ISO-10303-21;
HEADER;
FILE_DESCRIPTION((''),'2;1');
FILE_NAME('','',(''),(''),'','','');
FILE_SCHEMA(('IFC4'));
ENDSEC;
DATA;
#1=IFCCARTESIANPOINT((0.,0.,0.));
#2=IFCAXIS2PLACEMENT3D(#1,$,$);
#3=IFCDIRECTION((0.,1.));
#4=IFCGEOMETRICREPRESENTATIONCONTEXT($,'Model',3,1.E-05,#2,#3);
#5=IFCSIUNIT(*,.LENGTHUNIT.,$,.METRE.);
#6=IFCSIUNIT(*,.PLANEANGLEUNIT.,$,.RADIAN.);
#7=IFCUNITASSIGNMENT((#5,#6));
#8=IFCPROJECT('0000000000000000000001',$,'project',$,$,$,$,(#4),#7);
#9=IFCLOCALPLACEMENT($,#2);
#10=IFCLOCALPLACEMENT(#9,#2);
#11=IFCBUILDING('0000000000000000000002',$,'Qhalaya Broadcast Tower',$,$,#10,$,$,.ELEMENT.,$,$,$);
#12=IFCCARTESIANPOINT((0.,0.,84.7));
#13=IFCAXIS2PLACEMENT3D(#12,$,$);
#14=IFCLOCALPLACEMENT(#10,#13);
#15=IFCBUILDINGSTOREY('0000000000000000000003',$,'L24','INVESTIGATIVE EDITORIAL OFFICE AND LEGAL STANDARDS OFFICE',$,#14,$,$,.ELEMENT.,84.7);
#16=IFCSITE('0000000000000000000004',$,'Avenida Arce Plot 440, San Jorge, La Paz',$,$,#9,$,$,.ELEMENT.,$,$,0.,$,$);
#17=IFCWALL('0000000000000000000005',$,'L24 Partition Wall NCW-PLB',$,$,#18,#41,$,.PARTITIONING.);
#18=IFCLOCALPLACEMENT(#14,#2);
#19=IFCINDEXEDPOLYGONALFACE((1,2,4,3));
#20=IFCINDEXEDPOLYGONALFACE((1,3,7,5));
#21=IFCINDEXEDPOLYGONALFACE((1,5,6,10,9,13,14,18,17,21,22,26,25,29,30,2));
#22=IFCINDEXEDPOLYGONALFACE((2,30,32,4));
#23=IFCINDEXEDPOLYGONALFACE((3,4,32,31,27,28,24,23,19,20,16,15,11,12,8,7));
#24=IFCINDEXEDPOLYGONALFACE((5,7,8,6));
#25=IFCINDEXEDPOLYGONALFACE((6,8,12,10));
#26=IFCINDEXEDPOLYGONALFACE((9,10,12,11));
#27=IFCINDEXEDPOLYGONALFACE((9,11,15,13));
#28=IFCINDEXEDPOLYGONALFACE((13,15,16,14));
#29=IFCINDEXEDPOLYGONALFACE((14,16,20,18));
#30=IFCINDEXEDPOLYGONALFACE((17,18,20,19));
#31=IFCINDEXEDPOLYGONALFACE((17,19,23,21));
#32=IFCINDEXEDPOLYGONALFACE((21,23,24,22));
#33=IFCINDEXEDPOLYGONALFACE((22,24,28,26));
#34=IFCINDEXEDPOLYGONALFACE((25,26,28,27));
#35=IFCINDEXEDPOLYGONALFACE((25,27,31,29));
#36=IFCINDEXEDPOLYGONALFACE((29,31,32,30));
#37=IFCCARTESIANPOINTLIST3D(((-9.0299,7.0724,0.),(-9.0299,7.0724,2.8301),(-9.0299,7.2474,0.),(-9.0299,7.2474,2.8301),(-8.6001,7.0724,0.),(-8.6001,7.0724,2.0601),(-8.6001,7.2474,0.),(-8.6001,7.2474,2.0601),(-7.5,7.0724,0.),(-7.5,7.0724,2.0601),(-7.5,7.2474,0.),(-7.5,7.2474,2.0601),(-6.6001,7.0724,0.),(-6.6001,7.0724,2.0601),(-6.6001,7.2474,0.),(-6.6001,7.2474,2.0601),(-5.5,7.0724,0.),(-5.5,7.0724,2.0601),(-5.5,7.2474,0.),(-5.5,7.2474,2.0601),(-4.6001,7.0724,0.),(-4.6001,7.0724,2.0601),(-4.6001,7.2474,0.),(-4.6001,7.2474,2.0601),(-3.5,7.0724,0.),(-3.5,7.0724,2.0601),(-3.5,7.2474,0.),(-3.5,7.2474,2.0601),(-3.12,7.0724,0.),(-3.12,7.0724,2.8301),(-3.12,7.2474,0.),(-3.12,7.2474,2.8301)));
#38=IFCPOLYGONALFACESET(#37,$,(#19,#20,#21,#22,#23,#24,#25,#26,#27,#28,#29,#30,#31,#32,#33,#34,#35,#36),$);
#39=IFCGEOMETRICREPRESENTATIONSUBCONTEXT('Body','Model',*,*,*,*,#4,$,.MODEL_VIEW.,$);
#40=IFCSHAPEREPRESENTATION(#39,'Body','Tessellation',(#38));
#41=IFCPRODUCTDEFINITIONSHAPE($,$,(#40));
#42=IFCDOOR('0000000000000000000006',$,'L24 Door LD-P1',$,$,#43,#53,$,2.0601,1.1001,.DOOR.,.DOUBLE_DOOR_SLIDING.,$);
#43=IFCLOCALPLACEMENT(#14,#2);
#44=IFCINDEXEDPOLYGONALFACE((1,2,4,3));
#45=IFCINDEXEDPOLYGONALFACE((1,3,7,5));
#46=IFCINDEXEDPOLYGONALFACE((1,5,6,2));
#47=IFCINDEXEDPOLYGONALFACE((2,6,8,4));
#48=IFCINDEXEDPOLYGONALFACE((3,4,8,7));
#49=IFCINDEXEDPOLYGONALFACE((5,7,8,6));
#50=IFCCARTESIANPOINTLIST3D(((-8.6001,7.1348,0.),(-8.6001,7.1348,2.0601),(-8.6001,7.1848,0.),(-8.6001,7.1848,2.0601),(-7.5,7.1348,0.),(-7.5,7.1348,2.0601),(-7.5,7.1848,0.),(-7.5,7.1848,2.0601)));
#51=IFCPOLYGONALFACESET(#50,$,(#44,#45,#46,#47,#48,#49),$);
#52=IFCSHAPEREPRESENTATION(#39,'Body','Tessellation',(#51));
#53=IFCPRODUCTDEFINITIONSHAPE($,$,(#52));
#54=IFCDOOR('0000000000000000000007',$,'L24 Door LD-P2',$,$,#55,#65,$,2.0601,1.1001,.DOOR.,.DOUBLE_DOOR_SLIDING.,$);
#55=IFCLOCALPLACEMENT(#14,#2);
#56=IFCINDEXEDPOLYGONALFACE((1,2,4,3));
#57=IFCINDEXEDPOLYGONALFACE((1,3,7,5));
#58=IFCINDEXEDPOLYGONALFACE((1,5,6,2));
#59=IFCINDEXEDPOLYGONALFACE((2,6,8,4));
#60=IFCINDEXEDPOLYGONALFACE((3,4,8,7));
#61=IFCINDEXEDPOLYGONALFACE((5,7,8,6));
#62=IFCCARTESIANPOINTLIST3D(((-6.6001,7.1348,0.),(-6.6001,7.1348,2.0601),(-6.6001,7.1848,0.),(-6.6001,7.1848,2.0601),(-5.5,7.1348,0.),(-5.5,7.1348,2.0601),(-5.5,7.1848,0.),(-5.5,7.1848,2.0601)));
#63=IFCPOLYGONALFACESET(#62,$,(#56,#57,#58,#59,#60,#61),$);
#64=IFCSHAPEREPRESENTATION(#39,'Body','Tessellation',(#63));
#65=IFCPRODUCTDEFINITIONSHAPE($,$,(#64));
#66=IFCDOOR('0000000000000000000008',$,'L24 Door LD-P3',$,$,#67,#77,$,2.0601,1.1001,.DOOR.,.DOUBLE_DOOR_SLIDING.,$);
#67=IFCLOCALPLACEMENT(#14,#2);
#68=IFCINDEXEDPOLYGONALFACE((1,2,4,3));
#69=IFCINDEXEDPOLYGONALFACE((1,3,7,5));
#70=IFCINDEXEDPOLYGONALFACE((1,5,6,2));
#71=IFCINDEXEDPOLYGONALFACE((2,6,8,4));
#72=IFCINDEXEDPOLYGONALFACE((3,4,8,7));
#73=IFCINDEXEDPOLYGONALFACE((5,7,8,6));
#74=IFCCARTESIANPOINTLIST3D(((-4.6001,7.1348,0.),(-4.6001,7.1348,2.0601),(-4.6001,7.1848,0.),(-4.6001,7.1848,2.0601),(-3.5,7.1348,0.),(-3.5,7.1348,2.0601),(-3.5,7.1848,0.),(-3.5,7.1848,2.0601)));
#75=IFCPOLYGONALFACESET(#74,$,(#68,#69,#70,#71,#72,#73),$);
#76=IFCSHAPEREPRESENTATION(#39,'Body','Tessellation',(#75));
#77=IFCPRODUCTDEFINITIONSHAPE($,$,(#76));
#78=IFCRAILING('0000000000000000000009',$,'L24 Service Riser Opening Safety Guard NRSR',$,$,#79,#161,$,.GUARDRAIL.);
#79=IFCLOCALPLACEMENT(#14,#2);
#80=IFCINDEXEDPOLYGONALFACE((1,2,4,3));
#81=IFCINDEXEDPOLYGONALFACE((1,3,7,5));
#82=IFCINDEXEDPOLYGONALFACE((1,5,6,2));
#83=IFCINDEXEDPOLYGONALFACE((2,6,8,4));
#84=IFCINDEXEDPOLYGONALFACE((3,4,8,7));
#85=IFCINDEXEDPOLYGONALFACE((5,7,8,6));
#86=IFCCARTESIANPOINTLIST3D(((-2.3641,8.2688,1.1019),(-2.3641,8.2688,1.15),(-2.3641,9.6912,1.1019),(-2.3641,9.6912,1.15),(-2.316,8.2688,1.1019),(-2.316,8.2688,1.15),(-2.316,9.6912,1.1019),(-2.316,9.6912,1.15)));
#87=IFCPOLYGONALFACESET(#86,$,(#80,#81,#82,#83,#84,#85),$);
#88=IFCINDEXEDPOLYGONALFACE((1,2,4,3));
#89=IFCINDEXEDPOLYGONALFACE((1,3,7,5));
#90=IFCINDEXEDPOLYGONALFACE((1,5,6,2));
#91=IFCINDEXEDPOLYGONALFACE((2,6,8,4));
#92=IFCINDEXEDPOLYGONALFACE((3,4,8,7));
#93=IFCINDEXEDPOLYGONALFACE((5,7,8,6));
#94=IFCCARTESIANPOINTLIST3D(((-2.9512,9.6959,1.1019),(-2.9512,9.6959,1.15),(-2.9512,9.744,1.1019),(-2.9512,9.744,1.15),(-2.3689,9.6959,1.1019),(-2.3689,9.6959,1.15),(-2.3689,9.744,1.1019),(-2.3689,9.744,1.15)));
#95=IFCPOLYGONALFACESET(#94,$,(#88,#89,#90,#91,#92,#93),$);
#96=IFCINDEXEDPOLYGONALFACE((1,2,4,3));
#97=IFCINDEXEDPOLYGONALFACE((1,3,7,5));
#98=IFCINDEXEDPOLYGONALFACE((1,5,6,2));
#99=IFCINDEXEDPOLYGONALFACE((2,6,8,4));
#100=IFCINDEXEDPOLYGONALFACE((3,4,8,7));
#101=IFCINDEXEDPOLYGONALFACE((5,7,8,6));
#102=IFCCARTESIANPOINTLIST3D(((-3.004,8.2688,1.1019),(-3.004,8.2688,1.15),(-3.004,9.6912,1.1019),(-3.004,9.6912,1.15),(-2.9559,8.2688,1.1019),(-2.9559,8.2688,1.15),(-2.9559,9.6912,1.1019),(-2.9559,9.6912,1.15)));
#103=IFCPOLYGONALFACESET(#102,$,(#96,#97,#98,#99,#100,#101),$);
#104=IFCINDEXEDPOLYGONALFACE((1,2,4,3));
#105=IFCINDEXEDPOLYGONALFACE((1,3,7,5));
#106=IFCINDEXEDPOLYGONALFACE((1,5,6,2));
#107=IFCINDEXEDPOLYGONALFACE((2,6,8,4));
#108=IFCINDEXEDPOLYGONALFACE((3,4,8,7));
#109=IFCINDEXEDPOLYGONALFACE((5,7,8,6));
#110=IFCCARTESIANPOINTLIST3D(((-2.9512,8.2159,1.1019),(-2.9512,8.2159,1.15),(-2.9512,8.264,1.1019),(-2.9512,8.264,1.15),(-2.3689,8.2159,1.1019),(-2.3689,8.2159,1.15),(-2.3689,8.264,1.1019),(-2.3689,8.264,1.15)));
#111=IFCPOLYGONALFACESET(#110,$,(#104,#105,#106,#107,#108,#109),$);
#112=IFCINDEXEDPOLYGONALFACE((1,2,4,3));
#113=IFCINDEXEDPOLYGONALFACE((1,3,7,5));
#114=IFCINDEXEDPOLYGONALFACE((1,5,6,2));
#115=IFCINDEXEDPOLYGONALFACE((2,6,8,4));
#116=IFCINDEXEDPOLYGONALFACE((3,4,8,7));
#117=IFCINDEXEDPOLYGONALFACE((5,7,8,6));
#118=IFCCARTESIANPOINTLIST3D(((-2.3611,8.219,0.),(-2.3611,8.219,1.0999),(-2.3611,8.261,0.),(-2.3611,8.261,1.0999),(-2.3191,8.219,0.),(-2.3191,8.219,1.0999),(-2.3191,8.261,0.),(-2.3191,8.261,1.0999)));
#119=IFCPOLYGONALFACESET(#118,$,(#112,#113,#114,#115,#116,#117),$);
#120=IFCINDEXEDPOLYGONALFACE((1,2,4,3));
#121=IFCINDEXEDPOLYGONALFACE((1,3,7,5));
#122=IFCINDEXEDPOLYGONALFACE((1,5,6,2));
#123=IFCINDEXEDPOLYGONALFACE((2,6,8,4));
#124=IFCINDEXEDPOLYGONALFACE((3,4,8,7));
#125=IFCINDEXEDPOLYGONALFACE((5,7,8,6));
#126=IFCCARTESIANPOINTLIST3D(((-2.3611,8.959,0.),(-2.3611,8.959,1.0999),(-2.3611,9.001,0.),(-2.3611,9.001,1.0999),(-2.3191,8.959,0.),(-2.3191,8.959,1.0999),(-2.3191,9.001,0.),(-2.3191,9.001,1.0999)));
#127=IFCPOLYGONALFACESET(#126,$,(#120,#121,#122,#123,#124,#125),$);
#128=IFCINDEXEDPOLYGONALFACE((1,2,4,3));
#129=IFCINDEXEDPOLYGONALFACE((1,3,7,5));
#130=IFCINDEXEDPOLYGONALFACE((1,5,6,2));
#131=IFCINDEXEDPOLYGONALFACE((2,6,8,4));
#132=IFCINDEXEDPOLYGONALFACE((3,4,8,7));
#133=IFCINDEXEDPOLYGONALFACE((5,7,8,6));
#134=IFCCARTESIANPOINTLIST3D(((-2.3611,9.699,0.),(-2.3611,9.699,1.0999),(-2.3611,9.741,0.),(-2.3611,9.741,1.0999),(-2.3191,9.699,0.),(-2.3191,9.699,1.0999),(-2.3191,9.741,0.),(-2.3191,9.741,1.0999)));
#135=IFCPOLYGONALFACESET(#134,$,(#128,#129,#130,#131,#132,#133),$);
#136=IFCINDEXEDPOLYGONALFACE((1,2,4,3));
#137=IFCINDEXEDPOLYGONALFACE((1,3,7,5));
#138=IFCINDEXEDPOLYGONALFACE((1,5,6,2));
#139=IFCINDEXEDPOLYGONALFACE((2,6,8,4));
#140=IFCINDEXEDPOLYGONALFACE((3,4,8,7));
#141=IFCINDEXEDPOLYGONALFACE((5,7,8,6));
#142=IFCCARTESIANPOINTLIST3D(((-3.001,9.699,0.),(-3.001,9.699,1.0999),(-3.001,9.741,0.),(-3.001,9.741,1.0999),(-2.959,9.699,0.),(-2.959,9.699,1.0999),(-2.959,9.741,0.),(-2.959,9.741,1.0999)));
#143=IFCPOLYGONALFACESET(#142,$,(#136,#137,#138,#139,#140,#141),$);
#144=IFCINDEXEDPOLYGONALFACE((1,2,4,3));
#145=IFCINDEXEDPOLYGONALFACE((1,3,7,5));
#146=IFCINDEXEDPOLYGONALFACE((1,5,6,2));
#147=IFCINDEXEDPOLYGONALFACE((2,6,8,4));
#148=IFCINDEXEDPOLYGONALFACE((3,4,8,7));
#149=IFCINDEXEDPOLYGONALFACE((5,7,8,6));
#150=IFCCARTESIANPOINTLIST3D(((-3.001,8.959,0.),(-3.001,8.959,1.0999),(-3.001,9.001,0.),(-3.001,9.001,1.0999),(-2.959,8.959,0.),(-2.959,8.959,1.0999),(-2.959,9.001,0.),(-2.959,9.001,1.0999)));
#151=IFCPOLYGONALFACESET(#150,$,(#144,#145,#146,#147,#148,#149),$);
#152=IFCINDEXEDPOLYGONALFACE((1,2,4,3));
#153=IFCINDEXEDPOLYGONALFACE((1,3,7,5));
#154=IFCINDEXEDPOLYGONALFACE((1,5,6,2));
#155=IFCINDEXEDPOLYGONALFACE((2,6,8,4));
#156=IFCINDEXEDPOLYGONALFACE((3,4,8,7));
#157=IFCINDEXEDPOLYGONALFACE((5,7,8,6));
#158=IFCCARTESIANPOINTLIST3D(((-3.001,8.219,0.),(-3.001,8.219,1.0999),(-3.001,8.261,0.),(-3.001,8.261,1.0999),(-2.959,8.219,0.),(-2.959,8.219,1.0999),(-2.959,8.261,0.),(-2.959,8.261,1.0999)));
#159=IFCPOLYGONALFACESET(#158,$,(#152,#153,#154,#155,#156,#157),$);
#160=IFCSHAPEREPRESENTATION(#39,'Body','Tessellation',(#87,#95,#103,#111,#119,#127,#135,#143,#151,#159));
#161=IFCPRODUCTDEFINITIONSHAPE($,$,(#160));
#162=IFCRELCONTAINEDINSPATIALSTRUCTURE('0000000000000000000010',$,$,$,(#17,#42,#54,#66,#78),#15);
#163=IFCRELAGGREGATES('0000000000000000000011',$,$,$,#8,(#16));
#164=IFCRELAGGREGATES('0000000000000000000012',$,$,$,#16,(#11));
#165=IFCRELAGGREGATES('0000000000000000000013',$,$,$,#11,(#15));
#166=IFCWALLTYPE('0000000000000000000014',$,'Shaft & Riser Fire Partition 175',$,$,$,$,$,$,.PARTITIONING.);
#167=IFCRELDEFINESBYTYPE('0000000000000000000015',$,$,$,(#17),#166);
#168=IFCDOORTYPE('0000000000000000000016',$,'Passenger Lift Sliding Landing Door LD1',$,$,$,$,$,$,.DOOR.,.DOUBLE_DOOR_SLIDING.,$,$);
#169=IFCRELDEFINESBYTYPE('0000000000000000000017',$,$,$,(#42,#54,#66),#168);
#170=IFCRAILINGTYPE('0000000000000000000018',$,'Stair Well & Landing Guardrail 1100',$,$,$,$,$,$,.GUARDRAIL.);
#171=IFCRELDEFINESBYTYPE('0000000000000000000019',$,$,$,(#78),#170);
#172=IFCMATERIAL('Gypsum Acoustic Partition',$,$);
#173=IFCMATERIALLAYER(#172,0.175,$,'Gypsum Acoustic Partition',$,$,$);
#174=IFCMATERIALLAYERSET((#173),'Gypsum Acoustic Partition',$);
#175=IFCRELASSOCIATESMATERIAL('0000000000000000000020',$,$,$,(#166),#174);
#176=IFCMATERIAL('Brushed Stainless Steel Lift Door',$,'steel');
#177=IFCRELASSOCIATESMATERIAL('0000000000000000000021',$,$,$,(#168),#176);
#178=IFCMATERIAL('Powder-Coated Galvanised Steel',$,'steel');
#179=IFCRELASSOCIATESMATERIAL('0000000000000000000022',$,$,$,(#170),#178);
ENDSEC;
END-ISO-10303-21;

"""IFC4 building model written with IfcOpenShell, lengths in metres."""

from ifc_helpers import new_model, si_unit, direction, frame, frame_2d, origin, origin_2d, place, context, subcontext, project, spatial, rectangle, extrude, material, layer, layer_set, type_object, element, fill, save


model = new_model("IFC4")

# Units and contexts
model_context = context("Model", 3, precision=1e-05, world=origin(), true_north=direction((0.0, 1.0)))
body_context = subcontext(model_context, "Body", "Model", "MODEL_VIEW")
ifc_project = project(units=[si_unit("LENGTHUNIT", "METRE"), si_unit("PLANEANGLEUNIT", "RADIAN")], contexts=[model_context])

# Site, building, storey
site_placement = place(None, origin())
site = spatial("IfcSite", under=ifc_project, at=site_placement, Name="Avenida Arce Plot 440, San Jorge, La Paz", CompositionType="ELEMENT", RefElevation=0.0)
building_placement = place(site_placement, origin())
building = spatial("IfcBuilding", under=site, at=building_placement, Name="Qhalaya Broadcast Tower", CompositionType="ELEMENT")
storey_placement = place(building_placement, frame((0.0, 0.0, 84.7)))
storey = spatial("IfcBuildingStorey", under=building, at=storey_placement, Name="L24", Description="INVESTIGATIVE EDITORIAL OFFICE AND LEGAL STANDARDS OFFICE", CompositionType="ELEMENT", Elevation=84.7)

# Shared definitions
ifc_material_1 = material(Name="Gypsum Acoustic Partition")

# Shared definitions
ifc_layer_1 = layer(ifc_material_1, 0.175, Name="Gypsum Acoustic Partition")
ifc_layer_set_1 = layer_set([ifc_layer_1], Name="Gypsum Acoustic Partition")
wall_type_1 = type_object("IfcWallType", Name="Shaft & Riser Fire Partition 175", PredefinedType="PARTITIONING", material=ifc_layer_set_1)
ifc_material_2 = material(Name="Brushed Stainless Steel Lift Door", Category="steel")

# Wall, openings, doors
wall_1_placement = place(storey_placement, frame((-9.03, 7.1599, 0.0), z_axis=(0.0, 0.0, 1.0), x_axis=(1.0, 0.0, 0.0)))
wall_1 = element("IfcWall", 1, at=wall_1_placement, inside=storey, type_object=wall_type_1, Name="L24 Partition Wall NCW-PLB", PredefinedType="PARTITIONING", context=body_context, shape_type="SweptSolid", body=[
    extrude(rectangle(XDim=5.9099, YDim=0.175, at=frame_2d((2.9551, 0.0))), origin(), (0.0, 0.0, 1.0), 2.8301),
])
opening_1_placement = place(wall_1_placement, frame((0.4299, 0.0, 0.0)))
opening_1 = element("IfcOpeningElement", 2, at=opening_1_placement, cuts=wall_1, PredefinedType="OPENING", context=body_context, shape_type="SweptSolid", body=[
    extrude(rectangle(XDim=1.1001, YDim=2.0601, at=frame_2d((0.55, 1.03))), frame((0.0, 0.0996, 0.0), z_axis=(0.0, -1.0, 0.0), x_axis=(1.0, 0.0, 0.0)), (0.0, 0.0, 1.0), 0.199),
])
opening_2_placement = place(wall_1_placement, frame((2.4299, 0.0, 0.0)))
opening_2 = element("IfcOpeningElement", 3, at=opening_2_placement, cuts=wall_1, PredefinedType="OPENING", context=body_context, shape_type="SweptSolid", body=[
    extrude(rectangle(XDim=1.1001, YDim=2.0601, at=frame_2d((0.55, 1.03))), frame((0.0, 0.0996, 0.0), z_axis=(0.0, -1.0, 0.0), x_axis=(1.0, 0.0, 0.0)), (0.0, 0.0, 1.0), 0.199),
])
opening_3_placement = place(wall_1_placement, frame((4.4299, 0.0, 0.0)))
opening_3 = element("IfcOpeningElement", 4, at=opening_3_placement, cuts=wall_1, PredefinedType="OPENING", context=body_context, shape_type="SweptSolid", body=[
    extrude(rectangle(XDim=1.1001, YDim=2.0601, at=frame_2d((0.55, 1.03))), frame((0.0, 0.0996, 0.0), z_axis=(0.0, -1.0, 0.0), x_axis=(1.0, 0.0, 0.0)), (0.0, 0.0, 1.0), 0.199),
])
door_type_1 = type_object("IfcDoorType", Name="Passenger Lift Sliding Landing Door LD1", OperationType="DOUBLE_DOOR_SLIDING", PredefinedType="DOOR", material=ifc_material_2)
door_1_placement = place(opening_1_placement, origin())
door_1 = element("IfcDoor", 5, at=door_1_placement, inside=storey, type_object=door_type_1, Name="L24 Door LD-P1", OperationType="DOUBLE_DOOR_SLIDING", OverallHeight=2.0601, OverallWidth=1.1001, PredefinedType="DOOR", context=body_context, shape_type="SweptSolid", body=[
    extrude(rectangle(XDim=1.1001, YDim=2.0601, at=frame_2d((0.55, 1.03))), frame((0.0, 0.0249, 0.0), z_axis=(0.0, -1.0, 0.0), x_axis=(1.0, 0.0, 0.0)), (0.0, 0.0, 1.0), 0.05),
])
fill(opening_1, door_1)
door_2_placement = place(opening_2_placement, origin())
door_2 = element("IfcDoor", 6, at=door_2_placement, inside=storey, type_object=door_type_1, Name="L24 Door LD-P2", OperationType="DOUBLE_DOOR_SLIDING", OverallHeight=2.0601, OverallWidth=1.1001, PredefinedType="DOOR", context=body_context, shape_type="SweptSolid", body=[
    extrude(rectangle(XDim=1.1001, YDim=2.0601, at=frame_2d((0.55, 1.03))), frame((0.0, 0.0249, 0.0), z_axis=(0.0, -1.0, 0.0), x_axis=(1.0, 0.0, 0.0)), (0.0, 0.0, 1.0), 0.05),
])
fill(opening_2, door_2)
door_3_placement = place(opening_3_placement, origin())
door_3 = element("IfcDoor", 7, at=door_3_placement, inside=storey, type_object=door_type_1, Name="L24 Door LD-P3", OperationType="DOUBLE_DOOR_SLIDING", OverallHeight=2.0601, OverallWidth=1.1001, PredefinedType="DOOR", context=body_context, shape_type="SweptSolid", body=[
    extrude(rectangle(XDim=1.1001, YDim=2.0601, at=frame_2d((0.55, 1.03))), frame((0.0, 0.0249, 0.0), z_axis=(0.0, -1.0, 0.0), x_axis=(1.0, 0.0, 0.0)), (0.0, 0.0, 1.0), 0.05),
])
fill(opening_3, door_3)

# Railing
ifc_material_3 = material(Name="Powder-Coated Galvanised Steel", Category="steel")
railing_type = type_object("IfcRailingType", Name="Stair Well & Landing Guardrail 1100", PredefinedType="GUARDRAIL", material=ifc_material_3)
railing_placement = place(storey_placement, frame((-2.3401, 8.24, 0.0)))
element("IfcRailing", 8, at=railing_placement, inside=storey, type_object=railing_type, Name="L24 Service Riser Opening Safety Guard NRSR", PredefinedType="GUARDRAIL", context=body_context, shape_type="SweptSolid", body=[
    extrude(rectangle(XDim=0.0481, YDim=0.0481, at=origin_2d()), frame((0.0, 0.0288, 1.126), z_axis=(0.0, 1.0, 0.0), x_axis=(-1.0, 0.0, 0.0)), (0.0, 0.0, 1.0), 1.4224),
    extrude(rectangle(XDim=0.0481, YDim=0.0481, at=origin_2d()), frame((-0.0288, 1.48, 1.126), z_axis=(-1.0, 0.0, 0.0), x_axis=(0.0, -1.0, 0.0)), (0.0, 0.0, 1.0), 0.5823),
    extrude(rectangle(XDim=0.0481, YDim=0.0481, at=origin_2d()), frame((-0.6399, 1.4512, 1.126), z_axis=(0.0, -1.0, 0.0), x_axis=(1.0, 0.0, 0.0)), (0.0, 0.0, 1.0), 1.4224),
    extrude(rectangle(XDim=0.0481, YDim=0.0481, at=origin_2d()), frame((-0.6111, 0.0, 1.126), z_axis=(1.0, 0.0, 0.0), x_axis=(0.0, 1.0, 0.0)), (0.0, 0.0, 1.0), 0.5823),
    extrude(rectangle(XDim=0.042, YDim=0.042, at=origin_2d()), origin(), (0.0, 0.0, 1.0), 1.0999),
    extrude(rectangle(XDim=0.042, YDim=0.042, at=origin_2d()), frame((0.0, 0.74, 0.0)), (0.0, 0.0, 1.0), 1.0999),
    extrude(rectangle(XDim=0.042, YDim=0.042, at=origin_2d()), frame((0.0, 1.48, 0.0)), (0.0, 0.0, 1.0), 1.0999),
    extrude(rectangle(XDim=0.042, YDim=0.042, at=origin_2d()), frame((-0.6399, 1.48, 0.0)), (0.0, 0.0, 1.0), 1.0999),
    extrude(rectangle(XDim=0.042, YDim=0.042, at=origin_2d()), frame((-0.6399, 0.74, 0.0)), (0.0, 0.0, 1.0), 1.0999),
    extrude(rectangle(XDim=0.042, YDim=0.042, at=origin_2d()), frame((-0.6399, 0.0, 0.0)), (0.0, 0.0, 1.0), 1.0999),
])

save(model, "model.ifc")
